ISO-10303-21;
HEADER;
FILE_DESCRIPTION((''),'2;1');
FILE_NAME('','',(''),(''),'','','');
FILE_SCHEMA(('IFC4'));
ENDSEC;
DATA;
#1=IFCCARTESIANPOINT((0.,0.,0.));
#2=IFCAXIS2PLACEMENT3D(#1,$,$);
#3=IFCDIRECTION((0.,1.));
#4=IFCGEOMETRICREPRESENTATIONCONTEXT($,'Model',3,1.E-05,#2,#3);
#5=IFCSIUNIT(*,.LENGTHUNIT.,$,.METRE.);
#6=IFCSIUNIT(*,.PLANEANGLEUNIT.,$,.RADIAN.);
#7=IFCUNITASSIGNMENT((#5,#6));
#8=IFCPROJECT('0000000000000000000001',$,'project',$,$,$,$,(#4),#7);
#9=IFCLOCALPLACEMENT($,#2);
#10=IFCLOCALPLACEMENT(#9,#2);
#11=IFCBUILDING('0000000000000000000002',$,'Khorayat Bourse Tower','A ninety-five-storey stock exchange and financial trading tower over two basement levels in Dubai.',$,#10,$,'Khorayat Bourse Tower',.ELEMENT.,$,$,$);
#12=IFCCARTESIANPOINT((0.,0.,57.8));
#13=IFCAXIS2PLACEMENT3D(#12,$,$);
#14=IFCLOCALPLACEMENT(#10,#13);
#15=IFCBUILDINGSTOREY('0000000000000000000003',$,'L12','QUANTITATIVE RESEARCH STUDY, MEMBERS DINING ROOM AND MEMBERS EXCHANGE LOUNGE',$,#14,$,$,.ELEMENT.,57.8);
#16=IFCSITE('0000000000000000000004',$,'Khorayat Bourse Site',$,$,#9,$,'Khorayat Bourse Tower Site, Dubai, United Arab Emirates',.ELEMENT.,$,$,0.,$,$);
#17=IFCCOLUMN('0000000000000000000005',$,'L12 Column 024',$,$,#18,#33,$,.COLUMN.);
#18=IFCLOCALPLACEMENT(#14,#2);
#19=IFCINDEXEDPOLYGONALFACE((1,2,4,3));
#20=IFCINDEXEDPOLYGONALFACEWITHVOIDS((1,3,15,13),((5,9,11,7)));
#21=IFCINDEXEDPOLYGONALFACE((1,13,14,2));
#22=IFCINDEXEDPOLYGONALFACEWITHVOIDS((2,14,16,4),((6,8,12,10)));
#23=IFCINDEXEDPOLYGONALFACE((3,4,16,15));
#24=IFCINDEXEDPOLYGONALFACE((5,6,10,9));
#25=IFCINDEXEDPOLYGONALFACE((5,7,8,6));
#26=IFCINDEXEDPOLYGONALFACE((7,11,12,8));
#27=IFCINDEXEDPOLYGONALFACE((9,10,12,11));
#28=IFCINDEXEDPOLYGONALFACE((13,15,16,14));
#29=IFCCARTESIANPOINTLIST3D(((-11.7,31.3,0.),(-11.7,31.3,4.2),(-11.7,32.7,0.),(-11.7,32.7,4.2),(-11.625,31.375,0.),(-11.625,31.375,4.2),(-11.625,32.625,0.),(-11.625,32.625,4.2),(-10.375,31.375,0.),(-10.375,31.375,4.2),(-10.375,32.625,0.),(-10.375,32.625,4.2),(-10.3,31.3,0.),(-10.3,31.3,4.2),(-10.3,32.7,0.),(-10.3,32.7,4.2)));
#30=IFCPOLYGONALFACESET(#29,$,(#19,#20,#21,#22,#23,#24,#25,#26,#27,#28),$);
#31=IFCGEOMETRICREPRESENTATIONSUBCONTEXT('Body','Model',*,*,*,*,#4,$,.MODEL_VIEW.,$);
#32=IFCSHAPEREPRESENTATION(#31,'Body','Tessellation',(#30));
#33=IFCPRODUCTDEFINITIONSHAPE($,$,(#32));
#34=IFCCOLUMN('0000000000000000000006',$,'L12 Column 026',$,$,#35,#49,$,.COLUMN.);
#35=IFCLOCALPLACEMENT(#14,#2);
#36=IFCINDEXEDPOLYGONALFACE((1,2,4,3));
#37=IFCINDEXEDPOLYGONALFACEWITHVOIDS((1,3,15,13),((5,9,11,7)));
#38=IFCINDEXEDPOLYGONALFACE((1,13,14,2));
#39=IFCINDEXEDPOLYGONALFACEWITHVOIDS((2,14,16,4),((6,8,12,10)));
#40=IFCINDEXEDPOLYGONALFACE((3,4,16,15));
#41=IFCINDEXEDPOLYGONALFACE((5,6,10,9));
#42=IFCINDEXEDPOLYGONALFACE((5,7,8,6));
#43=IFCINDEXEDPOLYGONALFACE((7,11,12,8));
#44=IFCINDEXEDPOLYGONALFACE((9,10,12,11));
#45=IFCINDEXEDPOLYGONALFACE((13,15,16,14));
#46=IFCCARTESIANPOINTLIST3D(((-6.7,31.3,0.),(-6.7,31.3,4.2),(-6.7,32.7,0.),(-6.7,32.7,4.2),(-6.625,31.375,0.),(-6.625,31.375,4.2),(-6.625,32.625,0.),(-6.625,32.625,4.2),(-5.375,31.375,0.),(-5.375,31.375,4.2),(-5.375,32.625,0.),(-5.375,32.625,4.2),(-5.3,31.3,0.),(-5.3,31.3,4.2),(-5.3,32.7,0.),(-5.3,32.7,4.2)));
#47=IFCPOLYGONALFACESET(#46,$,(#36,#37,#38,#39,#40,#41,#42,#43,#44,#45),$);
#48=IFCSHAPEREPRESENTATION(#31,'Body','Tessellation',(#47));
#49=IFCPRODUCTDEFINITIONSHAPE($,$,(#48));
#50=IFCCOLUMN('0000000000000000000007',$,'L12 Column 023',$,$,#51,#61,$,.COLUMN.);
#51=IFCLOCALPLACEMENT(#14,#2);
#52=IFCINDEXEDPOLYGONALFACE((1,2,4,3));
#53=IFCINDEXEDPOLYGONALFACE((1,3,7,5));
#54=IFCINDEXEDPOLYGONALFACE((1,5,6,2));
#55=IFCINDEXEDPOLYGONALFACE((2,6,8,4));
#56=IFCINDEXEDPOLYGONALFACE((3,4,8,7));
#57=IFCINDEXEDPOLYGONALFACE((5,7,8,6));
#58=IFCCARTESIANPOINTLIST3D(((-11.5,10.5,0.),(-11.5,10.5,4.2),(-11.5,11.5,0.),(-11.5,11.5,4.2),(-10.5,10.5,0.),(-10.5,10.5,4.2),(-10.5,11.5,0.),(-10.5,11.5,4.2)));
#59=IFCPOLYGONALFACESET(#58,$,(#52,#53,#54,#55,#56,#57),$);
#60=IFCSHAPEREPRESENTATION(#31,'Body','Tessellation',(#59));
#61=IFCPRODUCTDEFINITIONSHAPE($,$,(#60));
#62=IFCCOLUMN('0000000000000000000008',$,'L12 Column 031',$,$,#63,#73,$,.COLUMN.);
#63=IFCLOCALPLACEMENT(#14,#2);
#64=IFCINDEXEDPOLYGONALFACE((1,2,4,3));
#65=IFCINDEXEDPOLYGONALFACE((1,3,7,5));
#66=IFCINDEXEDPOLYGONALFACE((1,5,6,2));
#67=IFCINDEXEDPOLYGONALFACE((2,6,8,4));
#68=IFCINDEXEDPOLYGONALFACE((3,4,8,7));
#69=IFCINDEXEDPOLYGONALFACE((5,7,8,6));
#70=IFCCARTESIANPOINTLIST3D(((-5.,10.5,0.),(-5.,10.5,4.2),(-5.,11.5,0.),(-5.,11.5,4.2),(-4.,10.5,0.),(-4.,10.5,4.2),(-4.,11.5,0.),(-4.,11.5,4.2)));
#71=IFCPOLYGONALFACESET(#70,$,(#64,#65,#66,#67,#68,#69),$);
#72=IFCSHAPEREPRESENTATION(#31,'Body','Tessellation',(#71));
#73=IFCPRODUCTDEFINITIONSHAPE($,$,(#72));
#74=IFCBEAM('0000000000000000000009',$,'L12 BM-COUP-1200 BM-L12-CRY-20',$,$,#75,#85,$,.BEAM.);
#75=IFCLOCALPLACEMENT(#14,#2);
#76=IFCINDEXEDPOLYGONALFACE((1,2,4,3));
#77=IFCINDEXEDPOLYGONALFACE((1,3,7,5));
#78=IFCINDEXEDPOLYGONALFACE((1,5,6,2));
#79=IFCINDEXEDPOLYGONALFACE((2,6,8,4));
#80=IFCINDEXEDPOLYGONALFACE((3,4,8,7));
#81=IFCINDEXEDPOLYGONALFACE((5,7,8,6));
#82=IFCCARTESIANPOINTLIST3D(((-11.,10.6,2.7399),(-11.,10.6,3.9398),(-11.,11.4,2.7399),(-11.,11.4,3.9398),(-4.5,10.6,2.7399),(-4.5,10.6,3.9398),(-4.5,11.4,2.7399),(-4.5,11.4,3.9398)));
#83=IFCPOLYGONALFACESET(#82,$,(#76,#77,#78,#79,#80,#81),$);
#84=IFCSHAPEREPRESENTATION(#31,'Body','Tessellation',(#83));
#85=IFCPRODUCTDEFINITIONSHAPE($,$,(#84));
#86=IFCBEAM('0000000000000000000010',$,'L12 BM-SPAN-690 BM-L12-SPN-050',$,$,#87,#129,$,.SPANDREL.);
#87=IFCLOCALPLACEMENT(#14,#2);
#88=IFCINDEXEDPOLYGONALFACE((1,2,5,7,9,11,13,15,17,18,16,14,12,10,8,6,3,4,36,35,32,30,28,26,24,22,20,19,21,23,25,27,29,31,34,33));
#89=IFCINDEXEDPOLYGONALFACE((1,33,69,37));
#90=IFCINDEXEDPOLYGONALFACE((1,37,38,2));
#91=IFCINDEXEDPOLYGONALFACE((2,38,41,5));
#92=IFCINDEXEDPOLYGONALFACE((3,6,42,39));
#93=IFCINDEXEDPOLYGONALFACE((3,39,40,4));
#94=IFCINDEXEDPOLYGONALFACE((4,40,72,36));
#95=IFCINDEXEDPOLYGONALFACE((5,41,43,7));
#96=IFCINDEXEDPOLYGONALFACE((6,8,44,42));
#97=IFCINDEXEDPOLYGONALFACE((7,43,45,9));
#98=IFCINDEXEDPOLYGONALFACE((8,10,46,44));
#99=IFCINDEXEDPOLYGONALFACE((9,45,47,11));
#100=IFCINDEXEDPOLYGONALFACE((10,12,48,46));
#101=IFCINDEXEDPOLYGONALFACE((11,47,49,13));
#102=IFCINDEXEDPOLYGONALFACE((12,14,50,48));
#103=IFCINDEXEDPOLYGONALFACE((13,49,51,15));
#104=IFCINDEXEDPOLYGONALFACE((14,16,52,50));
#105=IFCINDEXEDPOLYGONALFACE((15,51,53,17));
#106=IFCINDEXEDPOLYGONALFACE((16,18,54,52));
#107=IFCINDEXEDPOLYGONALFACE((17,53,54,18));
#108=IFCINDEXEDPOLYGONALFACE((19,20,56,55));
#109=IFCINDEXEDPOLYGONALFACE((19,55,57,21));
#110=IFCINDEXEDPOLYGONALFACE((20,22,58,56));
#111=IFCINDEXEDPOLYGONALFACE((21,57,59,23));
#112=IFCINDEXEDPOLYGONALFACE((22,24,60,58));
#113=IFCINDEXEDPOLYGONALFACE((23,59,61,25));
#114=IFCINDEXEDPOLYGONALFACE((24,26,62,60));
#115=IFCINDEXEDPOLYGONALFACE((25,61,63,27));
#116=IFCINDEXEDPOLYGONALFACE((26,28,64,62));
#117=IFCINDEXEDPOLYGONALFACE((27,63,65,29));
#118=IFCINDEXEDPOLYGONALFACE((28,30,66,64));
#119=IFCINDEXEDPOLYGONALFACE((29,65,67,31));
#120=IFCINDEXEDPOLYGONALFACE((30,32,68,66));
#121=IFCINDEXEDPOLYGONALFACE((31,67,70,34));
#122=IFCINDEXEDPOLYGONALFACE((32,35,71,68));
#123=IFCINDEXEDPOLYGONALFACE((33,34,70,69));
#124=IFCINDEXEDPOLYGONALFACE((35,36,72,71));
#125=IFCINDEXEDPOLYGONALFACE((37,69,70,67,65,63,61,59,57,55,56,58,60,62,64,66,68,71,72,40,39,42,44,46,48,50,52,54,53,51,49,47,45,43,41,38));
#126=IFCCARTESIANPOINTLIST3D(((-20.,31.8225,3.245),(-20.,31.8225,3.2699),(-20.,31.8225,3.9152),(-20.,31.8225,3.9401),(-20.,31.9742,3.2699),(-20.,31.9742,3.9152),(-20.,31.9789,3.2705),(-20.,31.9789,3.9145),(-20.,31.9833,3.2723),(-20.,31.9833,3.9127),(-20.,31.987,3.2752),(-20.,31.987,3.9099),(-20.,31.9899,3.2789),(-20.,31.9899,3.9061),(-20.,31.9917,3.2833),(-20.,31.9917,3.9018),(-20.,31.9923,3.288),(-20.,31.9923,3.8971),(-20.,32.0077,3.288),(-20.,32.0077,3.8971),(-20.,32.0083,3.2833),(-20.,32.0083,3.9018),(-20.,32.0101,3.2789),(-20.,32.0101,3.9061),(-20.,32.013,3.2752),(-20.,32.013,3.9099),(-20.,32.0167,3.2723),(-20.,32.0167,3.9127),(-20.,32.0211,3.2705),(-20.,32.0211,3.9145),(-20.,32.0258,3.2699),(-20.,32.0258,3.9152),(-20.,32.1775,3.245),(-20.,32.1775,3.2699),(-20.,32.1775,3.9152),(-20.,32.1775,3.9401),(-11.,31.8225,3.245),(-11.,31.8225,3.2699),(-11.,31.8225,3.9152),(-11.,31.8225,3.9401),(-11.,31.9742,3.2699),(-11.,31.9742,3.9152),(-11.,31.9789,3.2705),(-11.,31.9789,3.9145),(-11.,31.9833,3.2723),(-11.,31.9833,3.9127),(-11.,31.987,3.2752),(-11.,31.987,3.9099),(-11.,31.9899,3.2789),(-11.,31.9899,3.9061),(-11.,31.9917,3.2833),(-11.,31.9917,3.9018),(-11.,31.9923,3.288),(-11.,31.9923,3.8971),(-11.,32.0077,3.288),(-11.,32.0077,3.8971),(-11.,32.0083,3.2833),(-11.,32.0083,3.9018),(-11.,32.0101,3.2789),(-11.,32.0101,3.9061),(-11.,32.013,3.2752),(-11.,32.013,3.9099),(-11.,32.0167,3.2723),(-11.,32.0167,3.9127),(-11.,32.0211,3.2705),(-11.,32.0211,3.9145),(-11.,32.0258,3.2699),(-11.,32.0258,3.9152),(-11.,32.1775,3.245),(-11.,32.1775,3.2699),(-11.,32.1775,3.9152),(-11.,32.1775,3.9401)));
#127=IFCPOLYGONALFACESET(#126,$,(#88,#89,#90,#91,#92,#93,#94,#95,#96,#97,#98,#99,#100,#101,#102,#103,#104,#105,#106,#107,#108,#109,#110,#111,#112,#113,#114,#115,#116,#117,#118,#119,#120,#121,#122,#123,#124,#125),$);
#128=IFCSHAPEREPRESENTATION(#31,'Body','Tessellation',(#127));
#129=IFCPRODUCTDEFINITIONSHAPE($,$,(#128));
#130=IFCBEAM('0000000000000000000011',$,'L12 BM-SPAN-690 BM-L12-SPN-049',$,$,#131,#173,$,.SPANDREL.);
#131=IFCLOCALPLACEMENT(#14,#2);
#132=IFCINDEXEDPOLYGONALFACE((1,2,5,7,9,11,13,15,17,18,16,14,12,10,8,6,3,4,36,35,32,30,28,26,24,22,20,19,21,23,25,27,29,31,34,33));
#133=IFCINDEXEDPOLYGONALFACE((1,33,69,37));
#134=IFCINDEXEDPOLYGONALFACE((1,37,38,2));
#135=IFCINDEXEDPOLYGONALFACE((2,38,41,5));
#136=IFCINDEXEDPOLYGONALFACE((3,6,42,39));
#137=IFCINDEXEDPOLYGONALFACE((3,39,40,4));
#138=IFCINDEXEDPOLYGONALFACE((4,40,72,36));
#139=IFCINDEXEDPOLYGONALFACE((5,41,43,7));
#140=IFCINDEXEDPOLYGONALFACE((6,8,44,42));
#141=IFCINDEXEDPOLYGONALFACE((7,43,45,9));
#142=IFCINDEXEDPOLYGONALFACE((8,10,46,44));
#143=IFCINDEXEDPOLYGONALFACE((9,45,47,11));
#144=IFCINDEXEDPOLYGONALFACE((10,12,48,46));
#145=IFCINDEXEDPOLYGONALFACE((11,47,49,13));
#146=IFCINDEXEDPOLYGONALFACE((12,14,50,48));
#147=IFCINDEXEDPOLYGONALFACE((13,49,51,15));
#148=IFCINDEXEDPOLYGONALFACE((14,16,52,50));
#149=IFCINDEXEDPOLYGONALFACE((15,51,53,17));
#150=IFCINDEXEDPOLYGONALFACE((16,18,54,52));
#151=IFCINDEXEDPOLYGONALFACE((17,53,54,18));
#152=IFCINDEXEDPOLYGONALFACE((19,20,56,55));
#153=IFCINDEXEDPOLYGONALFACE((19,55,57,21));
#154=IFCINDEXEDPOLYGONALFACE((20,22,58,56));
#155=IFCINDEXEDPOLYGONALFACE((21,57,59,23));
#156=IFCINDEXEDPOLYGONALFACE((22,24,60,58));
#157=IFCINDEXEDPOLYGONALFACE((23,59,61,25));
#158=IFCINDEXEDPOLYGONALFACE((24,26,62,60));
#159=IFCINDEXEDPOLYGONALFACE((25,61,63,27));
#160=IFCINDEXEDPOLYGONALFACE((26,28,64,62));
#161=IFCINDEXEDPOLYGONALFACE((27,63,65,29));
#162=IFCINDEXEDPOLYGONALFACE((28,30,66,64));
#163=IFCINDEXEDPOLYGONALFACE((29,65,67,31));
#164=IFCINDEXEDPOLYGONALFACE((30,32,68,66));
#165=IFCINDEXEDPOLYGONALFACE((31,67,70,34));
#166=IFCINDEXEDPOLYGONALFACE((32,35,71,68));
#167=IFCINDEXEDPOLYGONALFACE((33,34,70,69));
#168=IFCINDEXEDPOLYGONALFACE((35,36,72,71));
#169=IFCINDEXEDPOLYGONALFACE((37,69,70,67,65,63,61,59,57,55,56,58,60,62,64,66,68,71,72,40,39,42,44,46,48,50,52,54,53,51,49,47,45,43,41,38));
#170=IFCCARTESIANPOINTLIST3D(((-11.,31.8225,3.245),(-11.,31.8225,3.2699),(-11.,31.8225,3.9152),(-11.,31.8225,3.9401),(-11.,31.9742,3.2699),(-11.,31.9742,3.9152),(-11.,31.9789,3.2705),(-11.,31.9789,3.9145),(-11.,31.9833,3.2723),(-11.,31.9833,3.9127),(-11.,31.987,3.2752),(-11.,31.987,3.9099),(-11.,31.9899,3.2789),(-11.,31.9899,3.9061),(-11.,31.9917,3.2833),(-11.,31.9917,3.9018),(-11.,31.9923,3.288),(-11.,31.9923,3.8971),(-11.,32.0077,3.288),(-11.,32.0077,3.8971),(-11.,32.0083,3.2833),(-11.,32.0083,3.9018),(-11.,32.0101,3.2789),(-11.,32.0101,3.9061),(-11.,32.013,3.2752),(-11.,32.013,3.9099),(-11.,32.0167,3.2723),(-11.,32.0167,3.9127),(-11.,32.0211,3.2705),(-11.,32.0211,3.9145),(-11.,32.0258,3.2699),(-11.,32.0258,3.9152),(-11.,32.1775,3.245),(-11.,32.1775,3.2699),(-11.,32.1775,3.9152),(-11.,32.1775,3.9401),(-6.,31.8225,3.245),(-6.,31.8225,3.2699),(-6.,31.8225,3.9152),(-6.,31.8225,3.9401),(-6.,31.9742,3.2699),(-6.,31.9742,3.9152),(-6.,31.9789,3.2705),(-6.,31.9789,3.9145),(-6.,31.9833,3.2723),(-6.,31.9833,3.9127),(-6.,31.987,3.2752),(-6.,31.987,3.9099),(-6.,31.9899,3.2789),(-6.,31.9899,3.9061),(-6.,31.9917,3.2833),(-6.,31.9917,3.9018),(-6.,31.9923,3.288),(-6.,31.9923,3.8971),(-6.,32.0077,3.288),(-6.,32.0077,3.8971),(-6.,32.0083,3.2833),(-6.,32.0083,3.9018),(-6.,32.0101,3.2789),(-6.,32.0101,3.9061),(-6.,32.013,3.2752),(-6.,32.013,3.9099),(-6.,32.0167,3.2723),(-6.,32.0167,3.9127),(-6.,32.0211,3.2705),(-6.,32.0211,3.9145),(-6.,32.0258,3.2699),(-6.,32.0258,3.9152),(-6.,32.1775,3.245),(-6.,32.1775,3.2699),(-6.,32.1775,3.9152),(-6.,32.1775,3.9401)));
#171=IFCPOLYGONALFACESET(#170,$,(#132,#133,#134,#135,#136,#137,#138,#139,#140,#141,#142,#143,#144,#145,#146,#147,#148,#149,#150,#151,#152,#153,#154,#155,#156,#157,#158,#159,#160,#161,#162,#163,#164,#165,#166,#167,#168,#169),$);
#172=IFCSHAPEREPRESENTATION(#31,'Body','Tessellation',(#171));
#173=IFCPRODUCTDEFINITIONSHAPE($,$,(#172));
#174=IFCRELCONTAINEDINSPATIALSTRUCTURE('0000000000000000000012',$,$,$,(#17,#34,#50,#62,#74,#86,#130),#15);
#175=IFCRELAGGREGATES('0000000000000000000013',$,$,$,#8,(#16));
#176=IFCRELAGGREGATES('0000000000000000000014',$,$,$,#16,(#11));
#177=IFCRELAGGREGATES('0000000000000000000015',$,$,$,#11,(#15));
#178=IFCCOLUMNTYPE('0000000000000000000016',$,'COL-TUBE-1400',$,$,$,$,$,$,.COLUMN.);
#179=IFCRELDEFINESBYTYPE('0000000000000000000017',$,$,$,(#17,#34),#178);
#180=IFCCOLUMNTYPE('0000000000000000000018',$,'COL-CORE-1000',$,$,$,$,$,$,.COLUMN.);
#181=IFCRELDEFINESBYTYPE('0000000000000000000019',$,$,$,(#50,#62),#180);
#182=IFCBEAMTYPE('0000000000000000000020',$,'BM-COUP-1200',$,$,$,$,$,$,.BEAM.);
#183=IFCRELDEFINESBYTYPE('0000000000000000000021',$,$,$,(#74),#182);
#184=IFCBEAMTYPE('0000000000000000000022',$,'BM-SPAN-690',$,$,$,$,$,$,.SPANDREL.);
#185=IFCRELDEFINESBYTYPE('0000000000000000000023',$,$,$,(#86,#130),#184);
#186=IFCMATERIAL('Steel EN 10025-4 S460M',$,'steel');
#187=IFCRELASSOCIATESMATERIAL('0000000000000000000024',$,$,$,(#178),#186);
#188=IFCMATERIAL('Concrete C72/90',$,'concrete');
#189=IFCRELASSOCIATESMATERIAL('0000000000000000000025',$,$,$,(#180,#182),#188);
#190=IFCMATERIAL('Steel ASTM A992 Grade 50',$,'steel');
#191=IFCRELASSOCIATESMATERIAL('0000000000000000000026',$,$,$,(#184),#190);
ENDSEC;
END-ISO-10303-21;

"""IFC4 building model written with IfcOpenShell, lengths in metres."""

from ifc_helpers import new_model, si_unit, direction, frame, origin, origin_2d, place, context, subcontext, project, spatial, rectangle, hollow_rectangle, i_section, extrude, source, transform, mapped, material, material_profile, profile_set, type_object, element, save


model = new_model("IFC4")

# Units and contexts
model_context = context("Model", 3, precision=1e-05, world=origin(), true_north=direction((0.0, 1.0)))
body_context = subcontext(model_context, "Body", "Model", "MODEL_VIEW")
ifc_project = project(units=[si_unit("LENGTHUNIT", "METRE"), si_unit("PLANEANGLEUNIT", "RADIAN")], contexts=[model_context])

# Site, building, storey
site_placement = place(None, origin())
site = spatial("IfcSite", under=ifc_project, at=site_placement, Name="Khorayat Bourse Site", LongName="Khorayat Bourse Tower Site, Dubai, United Arab Emirates", CompositionType="ELEMENT", RefElevation=0.0)
building_placement = place(site_placement, origin())
building = spatial("IfcBuilding", under=site, at=building_placement, Name="Khorayat Bourse Tower", Description="A ninety-five-storey stock exchange and financial trading tower over two basement levels in Dubai.", LongName="Khorayat Bourse Tower", CompositionType="ELEMENT")
storey_placement = place(building_placement, frame((0.0, 0.0, 57.8)))
storey = spatial("IfcBuildingStorey", under=building, at=storey_placement, Name="L12", Description="QUANTITATIVE RESEARCH STUDY, MEMBERS DINING ROOM AND MEMBERS EXCHANGE LOUNGE", CompositionType="ELEMENT", Elevation=57.8)

# Columns
ifc_material_1 = material(Name="Steel EN 10025-4 S460M", Category="steel")
ifc_material_profile_1 = material_profile(ifc_material_1, hollow_rectangle(XDim=1.3999, YDim=1.3999, WallThickness=0.075, at=origin_2d()), Name="BOX 1400x1400x75")
ifc_profile_set_1 = profile_set([ifc_material_profile_1], Name="Steel EN 10025-4 S460M")
column_type_1 = type_object("IfcColumnType", Name="COL-TUBE-1400", PredefinedType="COLUMN", material=ifc_profile_set_1)
shared_shape_1 = source(origin(), body_context, "Body", "SweptSolid", [
    extrude(hollow_rectangle(XDim=1.3999, YDim=1.3999, WallThickness=0.075, at=origin_2d()), origin(), (0.0, 0.0, 1.0), 4.2),
])
for number, where, z_axis, x_axis, name in (
    (1, (-11.0, 32.0, 0.0), (0.0, 0.0, 1.0), (1.0, 0.0, 0.0), "L12 Column 024"),
    (2, (-6.0, 32.0, 0.0), (0.0, 0.0, 1.0), (1.0, 0.0, 0.0), "L12 Column 026"),
):
    element("IfcColumn", number, at=place(storey_placement, frame(where, z_axis=z_axis, x_axis=x_axis)), inside=storey, type_object=column_type_1, Name=name, PredefinedType="COLUMN", context=body_context, shape_type="MappedRepresentation", body=[
        mapped(shared_shape_1, transform((0.0, 0.0, 0.0), scale=1.0)),
    ])
ifc_material_2 = material(Name="Concrete C72/90", Category="concrete")
ifc_material_profile_2 = material_profile(ifc_material_2, rectangle(XDim=1.0, YDim=1.0, at=origin_2d()), Name="RC 1000x1000")
ifc_profile_set_2 = profile_set([ifc_material_profile_2], Name="Concrete C72/90")
column_type_2 = type_object("IfcColumnType", Name="COL-CORE-1000", PredefinedType="COLUMN", material=ifc_profile_set_2)
shared_shape_2 = source(origin(), body_context, "Body", "SweptSolid", [
    extrude(rectangle(XDim=1.0, YDim=1.0, at=origin_2d()), origin(), (0.0, 0.0, 1.0), 4.2),
])
for number, where, z_axis, x_axis, name in (
    (3, (-11.0, 11.0, 0.0), (0.0, 0.0, 1.0), (1.0, 0.0, 0.0), "L12 Column 023"),
    (4, (-4.5, 11.0, 0.0), (0.0, 0.0, 1.0), (1.0, 0.0, 0.0), "L12 Column 031"),
):
    element("IfcColumn", number, at=place(storey_placement, frame(where, z_axis=z_axis, x_axis=x_axis)), inside=storey, type_object=column_type_2, Name=name, PredefinedType="COLUMN", context=body_context, shape_type="MappedRepresentation", body=[
        mapped(shared_shape_2, transform((0.0, 0.0, 0.0), scale=1.0)),
    ])

# Beams
ifc_material_profile_3 = material_profile(ifc_material_2, rectangle(XDim=0.8, YDim=1.2, at=origin_2d()), Name="RC 800x1200")
ifc_profile_set_3 = profile_set([ifc_material_profile_3], Name="Concrete C72/90")
beam_type_1 = type_object("IfcBeamType", Name="BM-COUP-1200", PredefinedType="BEAM", material=ifc_profile_set_3)
shared_shape_3 = source(origin(), body_context, "Body", "SweptSolid", [
    extrude(rectangle(XDim=0.8, YDim=1.2, at=origin_2d()), origin(), (0.0, 0.0, 1.0), 6.5),
])
beam_1_placement = place(storey_placement, frame((-11.0, 11.0, 3.3398), z_axis=(1.0, 0.0, 0.0), x_axis=(0.0, 1.0, 0.0)))
element("IfcBeam", 5, at=beam_1_placement, inside=storey, type_object=beam_type_1, Name="L12 BM-COUP-1200 BM-L12-CRY-20", PredefinedType="BEAM", context=body_context, shape_type="MappedRepresentation", body=[
    mapped(shared_shape_3, transform((0.0, 0.0, 0.0), scale=1.0)),
])
ifc_material_3 = material(Name="Steel ASTM A992 Grade 50", Category="steel")
ifc_material_profile_4 = material_profile(ifc_material_3, i_section(OverallWidth=0.355, OverallDepth=0.6951, WebThickness=0.0154, FlangeThickness=0.0249, FilletRadius=0.0181, at=origin_2d()), Name="W690X217")
ifc_profile_set_4 = profile_set([ifc_material_profile_4], Name="Steel ASTM A992 Grade 50")
beam_type_2 = type_object("IfcBeamType", Name="BM-SPAN-690", PredefinedType="SPANDREL", material=ifc_profile_set_4)
shared_shape_4 = source(origin(), body_context, "Body", "SweptSolid", [
    extrude(i_section(OverallWidth=0.355, OverallDepth=0.6951, WebThickness=0.0154, FlangeThickness=0.0249, FilletRadius=0.0181, at=origin_2d()), origin(), (0.0, 0.0, 1.0), 9.0),
])
beam_2_placement = place(storey_placement, frame((-20.0, 32.0, 3.5925), z_axis=(1.0, 0.0, 0.0), x_axis=(0.0, 1.0, 0.0)))
element("IfcBeam", 6, at=beam_2_placement, inside=storey, type_object=beam_type_2, Name="L12 BM-SPAN-690 BM-L12-SPN-050", PredefinedType="SPANDREL", context=body_context, shape_type="MappedRepresentation", body=[
    mapped(shared_shape_4, transform((0.0, 0.0, 0.0), scale=1.0)),
])
shared_shape_5 = source(origin(), body_context, "Body", "SweptSolid", [
    extrude(i_section(OverallWidth=0.355, OverallDepth=0.6951, WebThickness=0.0154, FlangeThickness=0.0249, FilletRadius=0.0181, at=origin_2d()), origin(), (0.0, 0.0, 1.0), 5.0),
])
beam_3_placement = place(storey_placement, frame((-11.0, 32.0, 3.5925), z_axis=(1.0, 0.0, 0.0), x_axis=(0.0, 1.0, 0.0)))
element("IfcBeam", 7, at=beam_3_placement, inside=storey, type_object=beam_type_2, Name="L12 BM-SPAN-690 BM-L12-SPN-049", PredefinedType="SPANDREL", context=body_context, shape_type="MappedRepresentation", body=[
    mapped(shared_shape_5, transform((0.0, 0.0, 0.0), scale=1.0)),
])

save(model, "model.ifc")
